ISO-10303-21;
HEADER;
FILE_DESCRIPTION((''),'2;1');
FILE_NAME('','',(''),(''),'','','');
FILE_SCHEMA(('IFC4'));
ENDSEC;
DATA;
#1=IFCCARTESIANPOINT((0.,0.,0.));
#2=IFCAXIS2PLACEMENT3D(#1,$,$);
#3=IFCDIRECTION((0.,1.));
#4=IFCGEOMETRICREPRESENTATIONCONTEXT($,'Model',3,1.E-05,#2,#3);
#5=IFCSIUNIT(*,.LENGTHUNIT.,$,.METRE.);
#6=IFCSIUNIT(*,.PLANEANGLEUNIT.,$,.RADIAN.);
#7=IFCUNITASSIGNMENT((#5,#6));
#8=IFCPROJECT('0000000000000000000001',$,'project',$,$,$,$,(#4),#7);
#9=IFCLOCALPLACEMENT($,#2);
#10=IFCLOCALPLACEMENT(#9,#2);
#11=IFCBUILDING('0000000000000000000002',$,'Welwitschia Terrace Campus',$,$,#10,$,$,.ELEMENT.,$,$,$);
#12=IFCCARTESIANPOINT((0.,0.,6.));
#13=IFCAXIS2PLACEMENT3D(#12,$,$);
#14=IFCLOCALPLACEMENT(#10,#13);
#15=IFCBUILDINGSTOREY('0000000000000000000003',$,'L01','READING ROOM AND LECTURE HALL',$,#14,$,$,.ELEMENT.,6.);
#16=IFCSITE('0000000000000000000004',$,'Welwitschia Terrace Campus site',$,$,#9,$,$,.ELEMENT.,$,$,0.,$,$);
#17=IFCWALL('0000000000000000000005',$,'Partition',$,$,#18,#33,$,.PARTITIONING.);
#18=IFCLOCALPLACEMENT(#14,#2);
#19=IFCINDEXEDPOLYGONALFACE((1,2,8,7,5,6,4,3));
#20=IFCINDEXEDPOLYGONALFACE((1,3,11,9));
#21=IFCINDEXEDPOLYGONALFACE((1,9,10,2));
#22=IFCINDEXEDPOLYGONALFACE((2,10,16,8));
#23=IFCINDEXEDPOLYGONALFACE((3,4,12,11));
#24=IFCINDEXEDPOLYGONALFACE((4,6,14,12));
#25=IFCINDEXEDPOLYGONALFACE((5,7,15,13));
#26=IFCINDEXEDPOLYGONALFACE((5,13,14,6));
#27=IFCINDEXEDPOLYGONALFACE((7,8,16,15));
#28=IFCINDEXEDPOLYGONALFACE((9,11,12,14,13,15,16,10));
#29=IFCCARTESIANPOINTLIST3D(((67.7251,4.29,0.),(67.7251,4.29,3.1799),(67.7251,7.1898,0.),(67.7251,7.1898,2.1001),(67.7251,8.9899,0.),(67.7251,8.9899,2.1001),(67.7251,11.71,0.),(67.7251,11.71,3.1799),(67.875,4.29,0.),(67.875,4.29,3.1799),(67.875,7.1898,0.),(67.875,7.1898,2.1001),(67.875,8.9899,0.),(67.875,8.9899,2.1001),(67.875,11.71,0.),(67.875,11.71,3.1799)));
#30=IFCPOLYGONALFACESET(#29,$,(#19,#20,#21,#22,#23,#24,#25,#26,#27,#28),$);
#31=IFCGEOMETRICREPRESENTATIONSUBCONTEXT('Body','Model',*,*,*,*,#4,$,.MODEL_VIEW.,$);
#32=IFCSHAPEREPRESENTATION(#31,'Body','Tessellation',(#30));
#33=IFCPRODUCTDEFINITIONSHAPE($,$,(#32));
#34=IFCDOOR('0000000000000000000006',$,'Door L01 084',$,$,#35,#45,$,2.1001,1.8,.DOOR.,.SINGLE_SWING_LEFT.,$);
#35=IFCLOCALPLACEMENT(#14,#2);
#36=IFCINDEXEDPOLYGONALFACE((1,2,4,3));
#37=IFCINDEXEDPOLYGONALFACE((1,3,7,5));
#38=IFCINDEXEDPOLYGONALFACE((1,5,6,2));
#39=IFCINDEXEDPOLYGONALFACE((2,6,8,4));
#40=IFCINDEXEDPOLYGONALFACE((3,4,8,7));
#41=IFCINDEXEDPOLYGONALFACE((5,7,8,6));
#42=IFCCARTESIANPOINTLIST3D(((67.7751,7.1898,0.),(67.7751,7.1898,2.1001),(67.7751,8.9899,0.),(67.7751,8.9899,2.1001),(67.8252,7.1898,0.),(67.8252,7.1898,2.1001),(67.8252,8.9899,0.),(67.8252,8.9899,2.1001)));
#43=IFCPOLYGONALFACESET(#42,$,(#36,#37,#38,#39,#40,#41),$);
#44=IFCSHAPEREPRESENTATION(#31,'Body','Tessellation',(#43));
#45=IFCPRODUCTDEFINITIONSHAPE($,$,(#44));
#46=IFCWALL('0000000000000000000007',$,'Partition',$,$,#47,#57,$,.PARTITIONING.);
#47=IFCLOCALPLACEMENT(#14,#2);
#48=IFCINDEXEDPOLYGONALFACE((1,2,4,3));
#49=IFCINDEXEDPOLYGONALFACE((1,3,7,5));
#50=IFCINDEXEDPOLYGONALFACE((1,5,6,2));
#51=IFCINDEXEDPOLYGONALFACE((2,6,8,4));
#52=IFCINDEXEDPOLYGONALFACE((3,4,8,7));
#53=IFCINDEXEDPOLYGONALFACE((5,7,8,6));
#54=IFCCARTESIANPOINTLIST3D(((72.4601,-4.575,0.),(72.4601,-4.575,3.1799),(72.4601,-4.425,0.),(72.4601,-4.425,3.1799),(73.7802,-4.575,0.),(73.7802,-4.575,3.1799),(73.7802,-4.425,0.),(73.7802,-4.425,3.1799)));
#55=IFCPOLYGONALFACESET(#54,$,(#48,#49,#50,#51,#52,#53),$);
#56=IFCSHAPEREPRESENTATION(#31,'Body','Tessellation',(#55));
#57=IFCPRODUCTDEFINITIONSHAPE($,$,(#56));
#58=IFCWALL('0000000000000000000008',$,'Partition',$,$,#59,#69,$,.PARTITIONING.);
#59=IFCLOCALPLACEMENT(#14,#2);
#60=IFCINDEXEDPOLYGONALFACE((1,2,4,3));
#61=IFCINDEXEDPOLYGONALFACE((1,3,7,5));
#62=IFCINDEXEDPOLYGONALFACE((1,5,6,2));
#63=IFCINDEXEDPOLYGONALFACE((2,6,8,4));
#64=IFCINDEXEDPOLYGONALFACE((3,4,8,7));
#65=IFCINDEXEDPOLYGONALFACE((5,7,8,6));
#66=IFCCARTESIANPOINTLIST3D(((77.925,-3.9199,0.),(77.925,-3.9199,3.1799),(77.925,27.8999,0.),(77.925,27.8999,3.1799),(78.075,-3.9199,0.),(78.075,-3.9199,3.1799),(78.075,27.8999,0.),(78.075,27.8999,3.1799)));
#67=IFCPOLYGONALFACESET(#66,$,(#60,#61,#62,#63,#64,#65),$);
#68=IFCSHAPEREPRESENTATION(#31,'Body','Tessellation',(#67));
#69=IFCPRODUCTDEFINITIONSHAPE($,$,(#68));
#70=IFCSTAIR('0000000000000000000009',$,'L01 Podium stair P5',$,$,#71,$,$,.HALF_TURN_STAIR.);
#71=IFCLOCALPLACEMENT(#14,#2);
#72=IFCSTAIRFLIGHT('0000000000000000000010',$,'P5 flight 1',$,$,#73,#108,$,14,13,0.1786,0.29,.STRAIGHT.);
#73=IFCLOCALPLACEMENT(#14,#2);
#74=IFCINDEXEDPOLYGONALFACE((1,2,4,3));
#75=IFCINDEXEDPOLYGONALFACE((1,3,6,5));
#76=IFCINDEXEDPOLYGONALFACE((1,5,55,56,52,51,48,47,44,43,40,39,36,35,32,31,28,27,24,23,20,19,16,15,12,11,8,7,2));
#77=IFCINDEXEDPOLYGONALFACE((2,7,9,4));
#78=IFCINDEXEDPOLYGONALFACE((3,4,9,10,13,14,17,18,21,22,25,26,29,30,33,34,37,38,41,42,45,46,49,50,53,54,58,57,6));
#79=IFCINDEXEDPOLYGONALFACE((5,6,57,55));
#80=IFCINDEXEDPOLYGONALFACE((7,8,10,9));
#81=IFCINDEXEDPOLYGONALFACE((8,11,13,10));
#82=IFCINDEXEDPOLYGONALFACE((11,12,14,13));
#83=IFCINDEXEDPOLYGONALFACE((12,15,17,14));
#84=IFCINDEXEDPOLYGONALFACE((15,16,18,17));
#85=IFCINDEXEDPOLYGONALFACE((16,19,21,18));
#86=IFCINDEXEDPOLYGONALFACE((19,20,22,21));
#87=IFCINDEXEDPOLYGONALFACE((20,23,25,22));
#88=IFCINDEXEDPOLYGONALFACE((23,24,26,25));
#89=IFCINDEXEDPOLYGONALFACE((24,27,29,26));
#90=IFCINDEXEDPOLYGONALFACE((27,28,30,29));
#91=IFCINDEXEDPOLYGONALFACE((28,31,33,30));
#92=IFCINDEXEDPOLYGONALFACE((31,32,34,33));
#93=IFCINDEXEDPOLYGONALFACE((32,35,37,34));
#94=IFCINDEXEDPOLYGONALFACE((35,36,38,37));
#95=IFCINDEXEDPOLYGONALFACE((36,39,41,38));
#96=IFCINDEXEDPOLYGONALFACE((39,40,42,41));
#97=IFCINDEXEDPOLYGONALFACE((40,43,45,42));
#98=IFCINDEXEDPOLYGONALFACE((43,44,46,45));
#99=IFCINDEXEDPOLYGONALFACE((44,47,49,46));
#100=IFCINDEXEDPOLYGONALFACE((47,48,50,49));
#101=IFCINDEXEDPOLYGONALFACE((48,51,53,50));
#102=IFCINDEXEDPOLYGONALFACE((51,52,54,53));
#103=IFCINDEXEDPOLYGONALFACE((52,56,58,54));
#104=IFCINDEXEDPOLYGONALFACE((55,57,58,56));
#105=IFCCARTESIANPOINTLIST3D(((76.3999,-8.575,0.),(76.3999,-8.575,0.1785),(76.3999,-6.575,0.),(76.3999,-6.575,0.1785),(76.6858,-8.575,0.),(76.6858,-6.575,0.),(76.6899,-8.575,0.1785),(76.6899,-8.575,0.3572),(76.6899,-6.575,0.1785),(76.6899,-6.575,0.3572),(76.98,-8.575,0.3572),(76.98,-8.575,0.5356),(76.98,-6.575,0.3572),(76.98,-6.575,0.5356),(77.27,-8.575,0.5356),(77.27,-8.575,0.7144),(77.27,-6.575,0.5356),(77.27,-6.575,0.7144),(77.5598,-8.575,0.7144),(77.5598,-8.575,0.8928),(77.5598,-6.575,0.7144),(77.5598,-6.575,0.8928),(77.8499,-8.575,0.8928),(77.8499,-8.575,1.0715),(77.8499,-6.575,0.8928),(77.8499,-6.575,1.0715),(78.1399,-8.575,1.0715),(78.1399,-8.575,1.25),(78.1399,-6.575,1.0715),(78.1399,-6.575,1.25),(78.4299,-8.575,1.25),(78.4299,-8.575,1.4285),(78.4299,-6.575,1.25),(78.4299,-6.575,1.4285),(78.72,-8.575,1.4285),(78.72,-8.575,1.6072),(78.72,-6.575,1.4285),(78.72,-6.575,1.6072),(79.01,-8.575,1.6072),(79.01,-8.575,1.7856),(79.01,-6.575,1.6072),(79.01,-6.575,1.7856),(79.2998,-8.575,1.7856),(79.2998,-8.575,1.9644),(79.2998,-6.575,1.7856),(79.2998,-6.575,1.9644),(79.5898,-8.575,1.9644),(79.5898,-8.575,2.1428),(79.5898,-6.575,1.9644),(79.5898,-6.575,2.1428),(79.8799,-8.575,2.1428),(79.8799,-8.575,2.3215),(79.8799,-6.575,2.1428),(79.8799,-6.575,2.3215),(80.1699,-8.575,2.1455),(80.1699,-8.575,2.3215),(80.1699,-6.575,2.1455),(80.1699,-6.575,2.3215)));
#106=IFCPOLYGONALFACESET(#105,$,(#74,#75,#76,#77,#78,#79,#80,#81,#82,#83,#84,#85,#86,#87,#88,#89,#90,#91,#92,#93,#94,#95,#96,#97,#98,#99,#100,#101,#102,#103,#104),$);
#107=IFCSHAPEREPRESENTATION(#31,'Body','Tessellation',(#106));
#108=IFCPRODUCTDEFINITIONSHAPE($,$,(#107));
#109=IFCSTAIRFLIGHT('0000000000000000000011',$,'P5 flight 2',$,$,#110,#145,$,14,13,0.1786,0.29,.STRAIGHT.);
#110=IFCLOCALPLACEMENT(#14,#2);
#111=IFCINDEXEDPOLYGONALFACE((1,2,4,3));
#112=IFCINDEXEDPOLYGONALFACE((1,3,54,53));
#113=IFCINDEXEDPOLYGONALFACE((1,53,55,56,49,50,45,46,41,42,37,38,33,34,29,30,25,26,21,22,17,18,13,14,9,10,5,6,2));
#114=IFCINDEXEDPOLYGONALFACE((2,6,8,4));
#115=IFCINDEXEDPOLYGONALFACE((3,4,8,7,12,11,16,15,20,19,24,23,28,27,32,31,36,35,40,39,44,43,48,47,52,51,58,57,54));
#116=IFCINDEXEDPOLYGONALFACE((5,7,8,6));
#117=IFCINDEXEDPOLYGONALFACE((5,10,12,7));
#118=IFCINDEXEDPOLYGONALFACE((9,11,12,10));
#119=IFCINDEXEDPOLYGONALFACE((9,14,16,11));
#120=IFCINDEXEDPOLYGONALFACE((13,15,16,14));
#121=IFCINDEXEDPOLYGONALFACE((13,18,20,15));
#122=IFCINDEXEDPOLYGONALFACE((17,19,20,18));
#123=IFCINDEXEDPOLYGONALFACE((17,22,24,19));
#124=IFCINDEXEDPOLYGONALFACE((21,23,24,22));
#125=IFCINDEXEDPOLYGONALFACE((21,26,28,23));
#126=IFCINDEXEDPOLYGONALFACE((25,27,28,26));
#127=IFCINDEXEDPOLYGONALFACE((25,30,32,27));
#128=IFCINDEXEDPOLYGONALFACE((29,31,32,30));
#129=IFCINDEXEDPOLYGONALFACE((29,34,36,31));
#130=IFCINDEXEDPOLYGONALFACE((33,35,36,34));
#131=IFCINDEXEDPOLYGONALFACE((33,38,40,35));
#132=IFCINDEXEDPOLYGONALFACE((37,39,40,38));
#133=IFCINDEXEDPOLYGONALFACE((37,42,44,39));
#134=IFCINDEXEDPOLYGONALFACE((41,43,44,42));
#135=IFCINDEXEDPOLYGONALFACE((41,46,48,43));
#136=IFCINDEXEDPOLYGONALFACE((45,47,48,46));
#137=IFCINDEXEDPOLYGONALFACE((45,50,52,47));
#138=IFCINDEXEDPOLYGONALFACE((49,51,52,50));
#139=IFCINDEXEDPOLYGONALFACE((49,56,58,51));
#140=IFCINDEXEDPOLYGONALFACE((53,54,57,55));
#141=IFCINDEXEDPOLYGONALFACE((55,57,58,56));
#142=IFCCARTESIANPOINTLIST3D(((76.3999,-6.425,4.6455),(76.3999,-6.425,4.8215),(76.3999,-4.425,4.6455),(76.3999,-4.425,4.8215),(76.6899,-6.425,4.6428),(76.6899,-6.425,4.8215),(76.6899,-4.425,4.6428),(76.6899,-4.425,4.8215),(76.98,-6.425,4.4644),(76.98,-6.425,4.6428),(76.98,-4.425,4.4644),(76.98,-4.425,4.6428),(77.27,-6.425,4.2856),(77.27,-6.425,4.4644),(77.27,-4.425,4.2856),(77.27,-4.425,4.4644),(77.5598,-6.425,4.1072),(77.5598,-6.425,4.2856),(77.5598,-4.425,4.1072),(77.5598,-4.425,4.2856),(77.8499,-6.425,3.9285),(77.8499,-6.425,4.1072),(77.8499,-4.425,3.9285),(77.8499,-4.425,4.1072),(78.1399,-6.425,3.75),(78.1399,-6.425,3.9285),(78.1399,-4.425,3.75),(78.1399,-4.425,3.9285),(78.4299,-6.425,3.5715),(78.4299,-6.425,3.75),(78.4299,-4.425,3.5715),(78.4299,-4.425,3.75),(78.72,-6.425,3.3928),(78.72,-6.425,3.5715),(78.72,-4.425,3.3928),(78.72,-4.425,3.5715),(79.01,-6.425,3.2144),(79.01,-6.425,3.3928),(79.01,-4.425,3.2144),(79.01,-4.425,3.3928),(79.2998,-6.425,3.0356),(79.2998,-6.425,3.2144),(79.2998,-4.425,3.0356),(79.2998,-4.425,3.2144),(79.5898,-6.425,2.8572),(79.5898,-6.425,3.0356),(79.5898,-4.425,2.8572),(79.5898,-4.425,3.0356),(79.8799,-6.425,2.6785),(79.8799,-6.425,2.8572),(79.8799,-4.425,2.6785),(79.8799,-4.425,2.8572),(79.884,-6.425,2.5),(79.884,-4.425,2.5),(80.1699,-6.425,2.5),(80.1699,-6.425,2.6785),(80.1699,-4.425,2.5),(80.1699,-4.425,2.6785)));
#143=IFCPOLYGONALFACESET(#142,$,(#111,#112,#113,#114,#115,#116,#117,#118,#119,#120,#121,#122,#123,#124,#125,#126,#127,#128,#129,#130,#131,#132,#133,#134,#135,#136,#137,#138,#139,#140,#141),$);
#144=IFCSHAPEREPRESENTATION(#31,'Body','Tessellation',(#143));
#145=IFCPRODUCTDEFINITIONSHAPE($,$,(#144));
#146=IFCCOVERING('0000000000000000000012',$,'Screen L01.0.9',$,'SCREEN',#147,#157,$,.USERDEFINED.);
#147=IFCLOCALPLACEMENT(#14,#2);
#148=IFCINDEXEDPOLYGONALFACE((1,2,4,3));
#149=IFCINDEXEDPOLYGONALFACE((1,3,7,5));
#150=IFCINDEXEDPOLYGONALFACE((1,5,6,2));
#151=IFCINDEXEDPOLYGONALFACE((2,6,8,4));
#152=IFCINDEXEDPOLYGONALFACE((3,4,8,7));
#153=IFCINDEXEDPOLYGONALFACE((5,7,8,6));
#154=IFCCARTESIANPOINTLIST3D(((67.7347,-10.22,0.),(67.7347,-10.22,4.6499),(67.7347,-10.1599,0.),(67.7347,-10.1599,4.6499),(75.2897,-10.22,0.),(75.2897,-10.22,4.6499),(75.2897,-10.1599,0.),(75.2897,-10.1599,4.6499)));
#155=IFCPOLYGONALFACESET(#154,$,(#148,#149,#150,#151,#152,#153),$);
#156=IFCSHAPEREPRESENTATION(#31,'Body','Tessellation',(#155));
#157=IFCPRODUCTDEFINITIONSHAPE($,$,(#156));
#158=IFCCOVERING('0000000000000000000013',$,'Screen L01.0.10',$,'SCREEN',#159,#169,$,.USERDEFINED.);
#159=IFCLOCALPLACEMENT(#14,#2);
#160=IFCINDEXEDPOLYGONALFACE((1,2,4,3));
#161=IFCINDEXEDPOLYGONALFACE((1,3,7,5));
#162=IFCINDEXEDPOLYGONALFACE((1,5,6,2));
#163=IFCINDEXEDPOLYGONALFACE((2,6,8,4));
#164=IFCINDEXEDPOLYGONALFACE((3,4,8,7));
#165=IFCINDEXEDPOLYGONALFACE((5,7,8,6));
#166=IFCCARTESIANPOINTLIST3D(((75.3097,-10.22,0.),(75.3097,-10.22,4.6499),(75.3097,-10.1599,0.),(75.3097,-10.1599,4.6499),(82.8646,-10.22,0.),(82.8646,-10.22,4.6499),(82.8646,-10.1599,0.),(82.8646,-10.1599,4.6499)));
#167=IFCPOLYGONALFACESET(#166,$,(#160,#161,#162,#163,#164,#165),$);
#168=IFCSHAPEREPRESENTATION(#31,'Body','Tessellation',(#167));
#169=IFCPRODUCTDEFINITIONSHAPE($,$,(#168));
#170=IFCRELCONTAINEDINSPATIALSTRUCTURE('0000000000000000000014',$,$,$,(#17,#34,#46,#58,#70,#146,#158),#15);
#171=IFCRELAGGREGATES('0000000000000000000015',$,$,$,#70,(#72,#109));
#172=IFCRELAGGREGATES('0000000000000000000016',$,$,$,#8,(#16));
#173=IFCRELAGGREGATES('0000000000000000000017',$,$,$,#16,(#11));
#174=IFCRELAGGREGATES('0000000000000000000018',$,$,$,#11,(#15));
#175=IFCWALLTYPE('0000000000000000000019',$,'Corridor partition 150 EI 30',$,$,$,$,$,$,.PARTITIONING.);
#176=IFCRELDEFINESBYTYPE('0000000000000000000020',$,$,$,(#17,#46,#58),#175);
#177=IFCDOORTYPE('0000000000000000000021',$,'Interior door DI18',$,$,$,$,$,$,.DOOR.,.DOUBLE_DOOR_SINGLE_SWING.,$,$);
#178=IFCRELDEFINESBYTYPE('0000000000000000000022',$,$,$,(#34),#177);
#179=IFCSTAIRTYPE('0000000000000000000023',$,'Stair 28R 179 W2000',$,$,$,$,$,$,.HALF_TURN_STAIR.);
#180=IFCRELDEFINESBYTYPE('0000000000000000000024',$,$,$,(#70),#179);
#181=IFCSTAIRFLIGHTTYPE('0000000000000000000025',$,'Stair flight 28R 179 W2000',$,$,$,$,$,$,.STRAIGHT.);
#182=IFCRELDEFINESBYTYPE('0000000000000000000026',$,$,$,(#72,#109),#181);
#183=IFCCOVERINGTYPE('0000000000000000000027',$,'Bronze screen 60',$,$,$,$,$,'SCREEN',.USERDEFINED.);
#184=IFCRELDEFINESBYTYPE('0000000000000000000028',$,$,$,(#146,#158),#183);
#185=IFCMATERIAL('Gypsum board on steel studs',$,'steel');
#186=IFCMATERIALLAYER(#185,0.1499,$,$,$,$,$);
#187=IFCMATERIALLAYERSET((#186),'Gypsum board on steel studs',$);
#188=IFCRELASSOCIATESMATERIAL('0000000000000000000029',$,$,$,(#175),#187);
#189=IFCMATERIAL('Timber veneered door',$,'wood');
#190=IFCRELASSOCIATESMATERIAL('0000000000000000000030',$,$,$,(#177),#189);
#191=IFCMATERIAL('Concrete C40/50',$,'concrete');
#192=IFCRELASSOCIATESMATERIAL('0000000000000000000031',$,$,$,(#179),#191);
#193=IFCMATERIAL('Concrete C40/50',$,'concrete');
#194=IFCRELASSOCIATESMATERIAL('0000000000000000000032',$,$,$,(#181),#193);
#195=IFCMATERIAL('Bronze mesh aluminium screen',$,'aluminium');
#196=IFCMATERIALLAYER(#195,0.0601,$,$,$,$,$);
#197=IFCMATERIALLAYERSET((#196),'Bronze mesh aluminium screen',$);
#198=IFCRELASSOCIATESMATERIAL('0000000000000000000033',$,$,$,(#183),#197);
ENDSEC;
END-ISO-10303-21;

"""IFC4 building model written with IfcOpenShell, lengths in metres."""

from ifc_helpers import new_model, si_unit, direction, frame, frame_2d, origin, origin_2d, place, context, subcontext, project, spatial, polyline, rectangle, outline, extrude, material, layer, layer_set, type_object, element, fill, aggregate, save


model = new_model("IFC4")

# Units and contexts
model_context = context("Model", 3, precision=1e-05, world=origin(), true_north=direction((0.0, 1.0)))
body_context = subcontext(model_context, "Body", "Model", "MODEL_VIEW")
ifc_project = project(units=[si_unit("LENGTHUNIT", "METRE"), si_unit("PLANEANGLEUNIT", "RADIAN")], contexts=[model_context])

# Site, building, storey
site_placement = place(None, origin())
site = spatial("IfcSite", under=ifc_project, at=site_placement, Name="Welwitschia Terrace Campus site", CompositionType="ELEMENT", RefElevation=0.0)
building_placement = place(site_placement, origin())
building = spatial("IfcBuilding", under=site, at=building_placement, Name="Welwitschia Terrace Campus", CompositionType="ELEMENT")
storey_placement = place(building_placement, frame((0.0, 0.0, 6.0)))
storey = spatial("IfcBuildingStorey", under=building, at=storey_placement, Name="L01", Description="READING ROOM AND LECTURE HALL", CompositionType="ELEMENT", Elevation=6.0)

# Shared definitions
ifc_material_1 = material(Name="Gypsum board on steel studs", Category="steel")
ifc_layer_1 = layer(ifc_material_1, 0.1499)
ifc_layer_set_1 = layer_set([ifc_layer_1], Name="Gypsum board on steel studs")
wall_type_1 = type_object("IfcWallType", Name="Corridor partition 150 EI 30", PredefinedType="PARTITIONING", material=ifc_layer_set_1)

# Wall, opening, door
wall_1_placement = place(storey_placement, frame((67.8, 4.29, 0.0), z_axis=(0.0, 0.0, 1.0), x_axis=(0.0, 1.0, 0.0)))
wall_1 = element("IfcWall", 1, at=wall_1_placement, inside=storey, type_object=wall_type_1, Name="Partition", PredefinedType="PARTITIONING", context=body_context, shape_type="SweptSolid", body=[
    extrude(rectangle(XDim=7.4199, YDim=0.1499, at=frame_2d((3.71, 0.0))), origin(), (0.0, 0.0, 1.0), 3.1799),
])
opening_placement = place(wall_1_placement, frame((2.8999, 0.0, 0.0)))
opening = element("IfcOpeningElement", 2, at=opening_placement, cuts=wall_1, PredefinedType="OPENING", context=body_context, shape_type="SweptSolid", body=[
    extrude(rectangle(XDim=1.8, YDim=2.1001, at=frame_2d((0.8999, 1.05))), frame((0.0, 0.085, 0.0), z_axis=(0.0, -1.0, 0.0), x_axis=(1.0, 0.0, 0.0)), (0.0, 0.0, 1.0), 0.1699),
])
ifc_material_2 = material(Name="Timber veneered door", Category="wood")
door_type = type_object("IfcDoorType", Name="Interior door DI18", OperationType="DOUBLE_DOOR_SINGLE_SWING", PredefinedType="DOOR", material=ifc_material_2)
door_placement = place(opening_placement, origin())
door = element("IfcDoor", 3, at=door_placement, inside=storey, type_object=door_type, Name="Door L01 084", OperationType="SINGLE_SWING_LEFT", OverallHeight=2.1001, OverallWidth=1.8, PredefinedType="DOOR", context=body_context, shape_type="SweptSolid", body=[
    extrude(rectangle(XDim=1.8, YDim=2.1001, at=frame_2d((0.8999, 1.05))), frame((0.0, 0.0249, 0.0), z_axis=(0.0, -1.0, 0.0), x_axis=(1.0, 0.0, 0.0)), (0.0, 0.0, 1.0), 0.05),
])
fill(opening, door)

# Walls
wall_2_placement = place(storey_placement, frame((72.46, -4.5, 0.0), z_axis=(0.0, 0.0, 1.0), x_axis=(1.0, 0.0, 0.0)))
element("IfcWall", 4, at=wall_2_placement, inside=storey, type_object=wall_type_1, Name="Partition", PredefinedType="PARTITIONING", context=body_context, shape_type="SweptSolid", body=[
    extrude(rectangle(XDim=1.3201, YDim=0.1499, at=frame_2d((0.6602, 0.0))), origin(), (0.0, 0.0, 1.0), 3.1799),
])
wall_3_placement = place(storey_placement, frame((78.0, -3.9199, 0.0), z_axis=(0.0, 0.0, 1.0), x_axis=(0.0, 1.0, 0.0)))
element("IfcWall", 5, at=wall_3_placement, inside=storey, type_object=wall_type_1, Name="Partition", PredefinedType="PARTITIONING", context=body_context, shape_type="SweptSolid", body=[
    extrude(rectangle(XDim=31.8198, YDim=0.1499, at=frame_2d((15.9099, 0.0))), origin(), (0.0, 0.0, 1.0), 3.1799),
])

# Stair, stair flights
ifc_material_3 = material(Name="Concrete C40/50", Category="concrete")
stair_type = type_object("IfcStairType", Name="Stair 28R 179 W2000", PredefinedType="HALF_TURN_STAIR", material=ifc_material_3)
stair_placement = place(storey_placement, origin())
stair = element("IfcStair", 6, at=stair_placement, inside=storey, type_object=stair_type, Name="L01 Podium stair P5", PredefinedType="HALF_TURN_STAIR")
ifc_material_4 = material(Name="Concrete C40/50", Category="concrete")
stair_flight_type = type_object("IfcStairFlightType", Name="Stair flight 28R 179 W2000", PredefinedType="STRAIGHT", material=ifc_material_4)
stair_flight_1_placement = place(storey_placement, frame((76.3999, -7.575, 0.0), z_axis=(0.0, 0.0, 1.0), x_axis=(1.0, 0.0, 0.0)))
stair_flight_1 = element("IfcStairFlight", 7, at=stair_flight_1_placement, type_object=stair_flight_type, Name="P5 flight 1", NumberOfRisers=14, NumberOfTreads=13, PredefinedType="STRAIGHT", RiserHeight=0.1786, TreadLength=0.29, context=body_context, shape_type="SweptSolid", body=[
    extrude(outline(polyline([(0.0, 0.0), (0.0, 0.1785), (0.29, 0.1785), (0.29, 0.3572), (0.5801, 0.3572), (0.5801, 0.5356), (0.8701, 0.5356), (0.8701, 0.7144), (1.1599, 0.7144), (1.1599, 0.8928), (1.45, 0.8928), (1.45, 1.0715), (1.74, 1.0715), (1.74, 1.25), (2.03, 1.25), (2.03, 1.4285), (2.3201, 1.4285), (2.3201, 1.6072), (2.6101, 1.6072), (2.6101, 1.7856), (2.8999, 1.7856), (2.8999, 1.9644), (3.1899, 1.9644), (3.1899, 2.1428), (3.48, 2.1428), (3.48, 2.3215), (3.77, 2.3215), (3.77, 2.5), (3.77, 2.1455), (0.2859, 0.0), (0.0, 0.0)])), frame((0.0, 1.0, 0.0), z_axis=(0.0, -1.0, 0.0), x_axis=(1.0, 0.0, 0.0)), (0.0, 0.0, 1.0), 2.0),
])
stair_flight_2_placement = place(storey_placement, frame((80.1699, -5.425, 2.5), z_axis=(0.0, 0.0, 1.0), x_axis=(-1.0, 0.0, 0.0)))
stair_flight_2 = element("IfcStairFlight", 8, at=stair_flight_2_placement, type_object=stair_flight_type, Name="P5 flight 2", NumberOfRisers=14, NumberOfTreads=13, PredefinedType="STRAIGHT", RiserHeight=0.1786, TreadLength=0.29, context=body_context, shape_type="SweptSolid", body=[
    extrude(outline(polyline([(0.0, 0.0), (0.0, 0.1785), (0.29, 0.1785), (0.29, 0.3572), (0.5801, 0.3572), (0.5801, 0.5356), (0.8701, 0.5356), (0.8701, 0.7144), (1.1599, 0.7144), (1.1599, 0.8928), (1.45, 0.8928), (1.45, 1.0715), (1.74, 1.0715), (1.74, 1.25), (2.03, 1.25), (2.03, 1.4285), (2.3201, 1.4285), (2.3201, 1.6072), (2.6101, 1.6072), (2.6101, 1.7856), (2.8999, 1.7856), (2.8999, 1.9644), (3.1899, 1.9644), (3.1899, 2.1428), (3.48, 2.1428), (3.48, 2.3215), (3.77, 2.3215), (3.77, 2.5), (3.77, 2.1455), (0.2859, 0.0), (0.0, 0.0)])), frame((0.0, 1.0, 0.0), z_axis=(0.0, -1.0, 0.0), x_axis=(1.0, 0.0, 0.0)), (0.0, 0.0, 1.0), 2.0),
])
aggregate(stair, [stair_flight_1, stair_flight_2])

# Coverings
ifc_material_5 = material(Name="Bronze mesh aluminium screen", Category="aluminium")
ifc_layer_2 = layer(ifc_material_5, 0.0601)
ifc_layer_set_2 = layer_set([ifc_layer_2], Name="Bronze mesh aluminium screen")
covering_type = type_object("IfcCoveringType", Name="Bronze screen 60", ElementType="SCREEN", PredefinedType="USERDEFINED", material=ifc_layer_set_2)
for number, where, z_axis, x_axis, name in (
    (9, (71.5122, -10.1899, 0.0), (0.0, 0.0, 1.0), (1.0, 0.0, 0.0), "Screen L01.0.9"),
    (10, (79.0872, -10.1899, 0.0), (0.0, 0.0, 1.0), (1.0, 0.0, 0.0), "Screen L01.0.10"),
):
    element("IfcCovering", number, at=place(storey_placement, frame(where, z_axis=z_axis, x_axis=x_axis)), inside=storey, type_object=covering_type, Name=name, ObjectType="SCREEN", PredefinedType="USERDEFINED", context=body_context, shape_type="SweptSolid", body=[
        extrude(rectangle(XDim=7.5549, YDim=0.0601, at=origin_2d()), origin(), (0.0, 0.0, 1.0), 4.6499),
    ])

save(model, "model.ifc")
